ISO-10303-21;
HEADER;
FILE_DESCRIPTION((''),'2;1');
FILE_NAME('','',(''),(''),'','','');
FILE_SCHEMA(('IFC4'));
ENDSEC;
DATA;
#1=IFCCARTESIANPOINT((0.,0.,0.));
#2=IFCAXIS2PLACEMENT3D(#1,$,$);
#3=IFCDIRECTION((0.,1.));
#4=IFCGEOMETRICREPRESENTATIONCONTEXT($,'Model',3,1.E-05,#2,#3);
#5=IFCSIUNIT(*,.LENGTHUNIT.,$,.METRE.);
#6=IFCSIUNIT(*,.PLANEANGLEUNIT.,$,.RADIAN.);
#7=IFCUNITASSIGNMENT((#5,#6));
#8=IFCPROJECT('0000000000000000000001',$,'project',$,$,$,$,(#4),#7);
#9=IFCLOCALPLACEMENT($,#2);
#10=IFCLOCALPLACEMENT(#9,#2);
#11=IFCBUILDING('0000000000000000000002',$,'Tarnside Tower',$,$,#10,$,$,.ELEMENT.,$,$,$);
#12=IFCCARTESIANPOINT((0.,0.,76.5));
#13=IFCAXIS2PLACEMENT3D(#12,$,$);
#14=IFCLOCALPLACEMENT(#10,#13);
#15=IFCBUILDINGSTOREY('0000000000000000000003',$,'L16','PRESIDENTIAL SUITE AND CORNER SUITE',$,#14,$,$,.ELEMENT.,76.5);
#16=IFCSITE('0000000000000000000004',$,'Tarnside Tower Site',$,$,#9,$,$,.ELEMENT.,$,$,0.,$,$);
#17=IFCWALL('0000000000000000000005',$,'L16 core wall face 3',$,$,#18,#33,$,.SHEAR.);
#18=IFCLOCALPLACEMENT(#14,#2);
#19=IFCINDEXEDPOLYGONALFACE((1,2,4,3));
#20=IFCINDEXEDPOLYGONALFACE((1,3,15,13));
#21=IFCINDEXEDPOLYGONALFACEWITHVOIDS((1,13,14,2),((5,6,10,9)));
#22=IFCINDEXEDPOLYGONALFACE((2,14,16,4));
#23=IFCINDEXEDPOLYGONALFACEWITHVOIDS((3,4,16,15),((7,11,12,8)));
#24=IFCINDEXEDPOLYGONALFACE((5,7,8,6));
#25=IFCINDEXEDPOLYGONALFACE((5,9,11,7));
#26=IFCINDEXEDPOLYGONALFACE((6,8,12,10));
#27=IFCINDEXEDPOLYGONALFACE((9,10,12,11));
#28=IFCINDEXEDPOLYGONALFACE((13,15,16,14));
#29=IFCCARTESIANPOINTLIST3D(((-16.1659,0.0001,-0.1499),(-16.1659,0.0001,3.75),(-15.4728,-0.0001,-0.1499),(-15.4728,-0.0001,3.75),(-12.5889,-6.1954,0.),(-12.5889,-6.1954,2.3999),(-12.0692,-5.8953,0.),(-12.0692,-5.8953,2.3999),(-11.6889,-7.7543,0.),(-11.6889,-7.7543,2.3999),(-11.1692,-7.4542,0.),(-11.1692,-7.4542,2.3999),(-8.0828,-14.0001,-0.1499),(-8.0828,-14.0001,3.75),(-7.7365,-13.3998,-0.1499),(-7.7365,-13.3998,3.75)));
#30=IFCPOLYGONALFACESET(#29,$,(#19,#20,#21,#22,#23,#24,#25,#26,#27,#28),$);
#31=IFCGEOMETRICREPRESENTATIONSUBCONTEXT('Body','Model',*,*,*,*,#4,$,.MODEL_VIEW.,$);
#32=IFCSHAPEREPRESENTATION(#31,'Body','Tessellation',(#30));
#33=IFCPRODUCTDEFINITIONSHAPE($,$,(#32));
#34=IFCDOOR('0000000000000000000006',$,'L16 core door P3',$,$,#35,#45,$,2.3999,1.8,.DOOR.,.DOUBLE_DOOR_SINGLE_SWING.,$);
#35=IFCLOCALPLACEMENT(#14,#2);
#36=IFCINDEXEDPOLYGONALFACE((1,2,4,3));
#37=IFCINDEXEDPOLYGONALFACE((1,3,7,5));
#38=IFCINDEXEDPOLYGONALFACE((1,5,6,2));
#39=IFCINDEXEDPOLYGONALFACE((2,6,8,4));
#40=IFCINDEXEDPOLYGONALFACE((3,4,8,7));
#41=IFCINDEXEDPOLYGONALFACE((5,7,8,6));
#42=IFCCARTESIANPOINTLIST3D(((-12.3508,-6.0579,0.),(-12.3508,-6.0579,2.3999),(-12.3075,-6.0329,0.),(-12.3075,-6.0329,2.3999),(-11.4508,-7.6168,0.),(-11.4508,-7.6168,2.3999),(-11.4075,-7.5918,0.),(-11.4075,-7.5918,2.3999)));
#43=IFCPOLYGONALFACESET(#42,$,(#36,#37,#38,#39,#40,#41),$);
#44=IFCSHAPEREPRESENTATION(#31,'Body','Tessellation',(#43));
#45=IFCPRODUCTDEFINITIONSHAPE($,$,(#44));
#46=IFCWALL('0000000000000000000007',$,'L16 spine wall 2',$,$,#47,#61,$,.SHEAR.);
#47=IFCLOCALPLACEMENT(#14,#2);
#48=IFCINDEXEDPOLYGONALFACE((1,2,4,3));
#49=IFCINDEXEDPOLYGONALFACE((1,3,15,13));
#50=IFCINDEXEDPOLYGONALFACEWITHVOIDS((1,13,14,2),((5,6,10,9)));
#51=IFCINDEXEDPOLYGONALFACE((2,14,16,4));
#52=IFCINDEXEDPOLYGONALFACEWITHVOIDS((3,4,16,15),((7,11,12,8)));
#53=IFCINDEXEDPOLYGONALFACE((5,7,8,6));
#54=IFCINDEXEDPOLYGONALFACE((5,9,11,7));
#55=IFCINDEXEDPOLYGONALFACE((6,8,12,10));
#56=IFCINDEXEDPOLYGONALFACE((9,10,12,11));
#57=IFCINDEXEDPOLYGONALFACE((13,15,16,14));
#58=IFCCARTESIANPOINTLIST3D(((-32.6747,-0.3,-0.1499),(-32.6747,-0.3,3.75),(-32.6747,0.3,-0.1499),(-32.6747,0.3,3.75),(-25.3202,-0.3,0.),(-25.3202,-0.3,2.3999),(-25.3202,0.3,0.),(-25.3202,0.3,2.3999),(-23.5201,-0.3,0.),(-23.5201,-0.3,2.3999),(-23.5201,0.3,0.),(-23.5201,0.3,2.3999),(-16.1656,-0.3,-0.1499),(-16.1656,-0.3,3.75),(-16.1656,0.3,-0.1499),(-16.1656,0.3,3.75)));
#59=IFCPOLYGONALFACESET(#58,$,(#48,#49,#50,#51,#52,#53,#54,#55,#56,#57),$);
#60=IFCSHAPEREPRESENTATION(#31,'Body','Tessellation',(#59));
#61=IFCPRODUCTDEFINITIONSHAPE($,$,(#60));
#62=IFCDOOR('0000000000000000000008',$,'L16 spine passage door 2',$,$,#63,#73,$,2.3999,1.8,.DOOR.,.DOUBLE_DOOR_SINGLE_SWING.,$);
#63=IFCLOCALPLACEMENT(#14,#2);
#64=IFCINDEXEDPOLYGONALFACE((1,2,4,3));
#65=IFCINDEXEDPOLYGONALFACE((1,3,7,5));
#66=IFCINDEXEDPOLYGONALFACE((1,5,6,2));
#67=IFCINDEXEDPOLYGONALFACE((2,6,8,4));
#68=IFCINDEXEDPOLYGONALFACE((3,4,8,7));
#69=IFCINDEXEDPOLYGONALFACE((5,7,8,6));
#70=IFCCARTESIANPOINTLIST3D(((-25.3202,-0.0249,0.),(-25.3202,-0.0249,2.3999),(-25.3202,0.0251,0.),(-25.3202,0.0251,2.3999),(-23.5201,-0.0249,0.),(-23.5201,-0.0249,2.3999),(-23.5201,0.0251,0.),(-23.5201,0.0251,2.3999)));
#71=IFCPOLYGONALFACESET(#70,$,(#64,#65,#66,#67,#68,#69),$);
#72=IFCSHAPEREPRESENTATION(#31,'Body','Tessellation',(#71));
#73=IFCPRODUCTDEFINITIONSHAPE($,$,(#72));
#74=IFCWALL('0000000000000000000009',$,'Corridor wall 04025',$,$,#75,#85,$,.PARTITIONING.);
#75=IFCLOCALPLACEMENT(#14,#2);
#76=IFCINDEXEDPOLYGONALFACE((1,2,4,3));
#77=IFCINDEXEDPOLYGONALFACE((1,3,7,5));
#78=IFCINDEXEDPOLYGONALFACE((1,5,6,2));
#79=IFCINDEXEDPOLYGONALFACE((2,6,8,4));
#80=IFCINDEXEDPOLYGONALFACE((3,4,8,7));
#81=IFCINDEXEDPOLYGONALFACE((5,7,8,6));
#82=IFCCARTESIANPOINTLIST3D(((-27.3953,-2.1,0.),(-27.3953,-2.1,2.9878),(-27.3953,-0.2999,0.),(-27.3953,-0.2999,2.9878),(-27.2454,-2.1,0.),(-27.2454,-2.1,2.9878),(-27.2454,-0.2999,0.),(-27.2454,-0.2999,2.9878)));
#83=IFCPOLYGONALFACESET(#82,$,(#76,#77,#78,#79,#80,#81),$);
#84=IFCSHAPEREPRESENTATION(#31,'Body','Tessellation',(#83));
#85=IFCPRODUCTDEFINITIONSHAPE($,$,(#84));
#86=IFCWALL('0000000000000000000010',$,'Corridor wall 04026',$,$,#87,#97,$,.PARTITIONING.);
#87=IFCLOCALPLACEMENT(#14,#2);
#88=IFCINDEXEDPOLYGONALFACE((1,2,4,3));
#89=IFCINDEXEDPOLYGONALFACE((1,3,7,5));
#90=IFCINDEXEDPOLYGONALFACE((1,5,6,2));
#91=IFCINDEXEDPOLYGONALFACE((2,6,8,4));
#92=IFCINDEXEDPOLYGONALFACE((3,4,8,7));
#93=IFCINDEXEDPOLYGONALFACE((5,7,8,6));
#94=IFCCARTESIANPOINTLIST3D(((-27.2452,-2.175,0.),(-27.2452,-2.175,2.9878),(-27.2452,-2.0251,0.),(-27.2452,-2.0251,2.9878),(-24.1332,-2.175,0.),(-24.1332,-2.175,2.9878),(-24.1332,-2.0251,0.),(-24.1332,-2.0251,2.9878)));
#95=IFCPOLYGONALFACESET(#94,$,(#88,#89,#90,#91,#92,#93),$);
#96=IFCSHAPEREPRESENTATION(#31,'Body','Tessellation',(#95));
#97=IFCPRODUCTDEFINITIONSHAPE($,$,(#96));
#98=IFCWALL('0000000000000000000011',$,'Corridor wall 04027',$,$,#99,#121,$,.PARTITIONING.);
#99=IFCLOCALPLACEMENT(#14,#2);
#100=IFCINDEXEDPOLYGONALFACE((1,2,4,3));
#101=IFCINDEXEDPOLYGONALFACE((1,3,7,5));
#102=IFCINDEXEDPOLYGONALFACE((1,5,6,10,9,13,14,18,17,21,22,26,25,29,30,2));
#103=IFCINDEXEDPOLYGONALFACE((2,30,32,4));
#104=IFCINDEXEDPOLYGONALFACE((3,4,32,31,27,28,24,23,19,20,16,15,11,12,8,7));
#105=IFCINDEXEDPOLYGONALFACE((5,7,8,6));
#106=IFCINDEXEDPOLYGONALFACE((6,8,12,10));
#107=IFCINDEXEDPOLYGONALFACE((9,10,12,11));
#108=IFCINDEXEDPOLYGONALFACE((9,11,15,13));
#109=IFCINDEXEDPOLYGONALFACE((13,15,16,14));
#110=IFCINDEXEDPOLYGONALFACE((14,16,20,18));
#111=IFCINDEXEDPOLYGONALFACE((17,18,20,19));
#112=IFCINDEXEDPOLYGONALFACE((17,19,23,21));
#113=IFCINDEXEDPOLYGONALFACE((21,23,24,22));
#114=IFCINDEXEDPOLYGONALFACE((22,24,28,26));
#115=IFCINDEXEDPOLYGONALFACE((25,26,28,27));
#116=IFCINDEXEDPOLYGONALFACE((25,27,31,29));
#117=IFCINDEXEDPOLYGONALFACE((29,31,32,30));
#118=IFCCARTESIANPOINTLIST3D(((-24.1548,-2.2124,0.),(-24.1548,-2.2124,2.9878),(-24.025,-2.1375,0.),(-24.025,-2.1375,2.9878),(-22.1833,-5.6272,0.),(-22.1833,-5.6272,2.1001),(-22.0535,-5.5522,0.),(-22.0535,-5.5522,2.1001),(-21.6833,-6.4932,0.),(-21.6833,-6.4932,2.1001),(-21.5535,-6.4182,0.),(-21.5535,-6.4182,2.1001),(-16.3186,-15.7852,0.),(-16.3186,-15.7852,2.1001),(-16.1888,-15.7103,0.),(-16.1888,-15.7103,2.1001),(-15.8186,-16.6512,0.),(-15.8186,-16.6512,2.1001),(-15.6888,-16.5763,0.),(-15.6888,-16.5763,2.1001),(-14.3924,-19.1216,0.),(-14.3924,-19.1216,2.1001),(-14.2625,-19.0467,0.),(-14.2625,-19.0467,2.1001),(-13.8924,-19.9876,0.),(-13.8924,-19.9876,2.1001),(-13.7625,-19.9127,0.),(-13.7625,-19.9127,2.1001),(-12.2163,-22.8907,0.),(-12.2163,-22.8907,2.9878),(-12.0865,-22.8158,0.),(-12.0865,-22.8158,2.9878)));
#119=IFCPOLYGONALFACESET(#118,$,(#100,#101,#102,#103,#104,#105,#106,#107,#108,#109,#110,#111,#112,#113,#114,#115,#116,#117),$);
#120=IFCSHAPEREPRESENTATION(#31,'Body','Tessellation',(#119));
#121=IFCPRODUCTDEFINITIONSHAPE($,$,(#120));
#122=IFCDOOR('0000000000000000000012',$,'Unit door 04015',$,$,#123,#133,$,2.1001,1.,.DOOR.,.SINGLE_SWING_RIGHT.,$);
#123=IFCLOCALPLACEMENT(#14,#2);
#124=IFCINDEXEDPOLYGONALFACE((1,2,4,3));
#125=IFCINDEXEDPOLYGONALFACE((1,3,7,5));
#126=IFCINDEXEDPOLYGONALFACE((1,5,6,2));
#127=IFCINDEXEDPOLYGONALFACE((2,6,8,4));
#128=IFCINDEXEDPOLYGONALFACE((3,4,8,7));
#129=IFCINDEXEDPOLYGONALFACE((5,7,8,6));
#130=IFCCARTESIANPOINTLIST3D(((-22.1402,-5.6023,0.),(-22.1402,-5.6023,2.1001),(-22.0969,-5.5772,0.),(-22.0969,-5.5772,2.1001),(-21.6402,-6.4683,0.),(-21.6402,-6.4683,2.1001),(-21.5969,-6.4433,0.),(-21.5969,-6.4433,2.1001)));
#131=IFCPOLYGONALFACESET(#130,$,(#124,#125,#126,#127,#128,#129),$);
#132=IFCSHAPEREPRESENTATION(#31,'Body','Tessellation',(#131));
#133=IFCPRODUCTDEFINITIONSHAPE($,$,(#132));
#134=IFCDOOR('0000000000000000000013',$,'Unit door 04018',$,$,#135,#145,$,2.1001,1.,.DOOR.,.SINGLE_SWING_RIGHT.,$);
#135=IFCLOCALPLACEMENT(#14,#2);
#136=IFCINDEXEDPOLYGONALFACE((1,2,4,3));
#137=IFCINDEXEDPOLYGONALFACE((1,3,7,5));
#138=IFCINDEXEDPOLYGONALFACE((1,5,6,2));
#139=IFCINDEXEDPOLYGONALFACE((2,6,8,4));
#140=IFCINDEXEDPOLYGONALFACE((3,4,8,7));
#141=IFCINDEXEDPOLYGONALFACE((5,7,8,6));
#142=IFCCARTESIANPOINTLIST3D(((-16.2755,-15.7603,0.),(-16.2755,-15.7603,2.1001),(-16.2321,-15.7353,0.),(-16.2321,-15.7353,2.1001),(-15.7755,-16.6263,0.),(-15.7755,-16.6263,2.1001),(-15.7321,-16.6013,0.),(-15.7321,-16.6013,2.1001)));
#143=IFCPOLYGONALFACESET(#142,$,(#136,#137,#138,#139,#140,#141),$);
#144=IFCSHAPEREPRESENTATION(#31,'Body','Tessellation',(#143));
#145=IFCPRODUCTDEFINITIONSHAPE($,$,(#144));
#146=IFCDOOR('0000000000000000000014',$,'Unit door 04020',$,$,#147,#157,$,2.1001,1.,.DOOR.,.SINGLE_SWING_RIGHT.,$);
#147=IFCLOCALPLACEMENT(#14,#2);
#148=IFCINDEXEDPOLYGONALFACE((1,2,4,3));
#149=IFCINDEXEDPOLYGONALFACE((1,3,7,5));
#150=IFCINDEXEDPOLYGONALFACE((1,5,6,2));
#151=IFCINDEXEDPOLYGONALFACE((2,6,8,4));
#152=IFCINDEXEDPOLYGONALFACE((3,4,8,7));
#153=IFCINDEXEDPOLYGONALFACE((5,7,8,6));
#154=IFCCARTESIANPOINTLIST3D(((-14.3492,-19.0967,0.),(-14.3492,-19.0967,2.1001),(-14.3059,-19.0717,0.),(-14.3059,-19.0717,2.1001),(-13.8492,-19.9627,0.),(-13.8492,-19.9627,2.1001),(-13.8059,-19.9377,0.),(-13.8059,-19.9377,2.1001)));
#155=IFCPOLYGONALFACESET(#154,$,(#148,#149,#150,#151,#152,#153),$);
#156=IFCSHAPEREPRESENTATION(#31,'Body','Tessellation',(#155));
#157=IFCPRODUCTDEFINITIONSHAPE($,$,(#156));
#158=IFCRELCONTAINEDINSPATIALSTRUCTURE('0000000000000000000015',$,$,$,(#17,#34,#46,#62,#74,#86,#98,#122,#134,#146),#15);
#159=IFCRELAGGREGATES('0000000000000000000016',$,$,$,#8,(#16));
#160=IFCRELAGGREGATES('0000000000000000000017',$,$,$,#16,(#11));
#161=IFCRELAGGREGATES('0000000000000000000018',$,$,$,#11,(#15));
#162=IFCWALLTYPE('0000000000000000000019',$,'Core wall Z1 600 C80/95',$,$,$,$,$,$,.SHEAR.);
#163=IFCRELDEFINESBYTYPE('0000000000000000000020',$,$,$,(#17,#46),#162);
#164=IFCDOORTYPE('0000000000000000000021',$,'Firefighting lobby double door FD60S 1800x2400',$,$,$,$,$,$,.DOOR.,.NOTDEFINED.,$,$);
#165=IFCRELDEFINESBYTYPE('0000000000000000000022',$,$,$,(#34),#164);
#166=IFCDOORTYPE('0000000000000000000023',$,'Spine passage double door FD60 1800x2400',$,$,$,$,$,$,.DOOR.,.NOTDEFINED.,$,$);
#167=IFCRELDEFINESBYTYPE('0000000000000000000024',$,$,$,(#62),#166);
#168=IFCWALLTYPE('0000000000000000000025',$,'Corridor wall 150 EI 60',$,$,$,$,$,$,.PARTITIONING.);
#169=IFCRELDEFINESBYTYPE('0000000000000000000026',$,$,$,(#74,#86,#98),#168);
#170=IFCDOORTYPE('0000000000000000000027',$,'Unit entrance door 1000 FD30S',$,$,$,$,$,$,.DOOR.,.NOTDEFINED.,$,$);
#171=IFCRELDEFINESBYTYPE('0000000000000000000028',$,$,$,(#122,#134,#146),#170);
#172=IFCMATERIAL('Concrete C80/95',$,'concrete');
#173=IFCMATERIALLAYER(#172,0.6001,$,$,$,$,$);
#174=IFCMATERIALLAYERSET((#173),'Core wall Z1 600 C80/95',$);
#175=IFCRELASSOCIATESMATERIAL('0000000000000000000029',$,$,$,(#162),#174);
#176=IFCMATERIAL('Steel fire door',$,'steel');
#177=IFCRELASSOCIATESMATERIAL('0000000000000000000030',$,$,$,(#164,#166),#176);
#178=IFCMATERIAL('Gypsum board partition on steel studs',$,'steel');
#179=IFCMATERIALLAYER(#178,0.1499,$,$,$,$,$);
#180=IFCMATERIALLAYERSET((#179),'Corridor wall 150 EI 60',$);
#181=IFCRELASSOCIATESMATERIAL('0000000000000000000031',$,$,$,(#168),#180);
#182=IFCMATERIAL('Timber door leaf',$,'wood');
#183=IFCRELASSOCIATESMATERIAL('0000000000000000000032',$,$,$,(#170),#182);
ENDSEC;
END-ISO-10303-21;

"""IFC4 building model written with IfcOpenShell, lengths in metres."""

from ifc_helpers import new_model, si_unit, direction, frame, frame_2d, origin, place, context, subcontext, project, spatial, polyline, rectangle, outline, extrude, material, layer, layer_set, type_object, element, fill, save


model = new_model("IFC4")

# Units and contexts
model_context = context("Model", 3, precision=1e-05, world=origin(), true_north=direction((0.0, 1.0)))
body_context = subcontext(model_context, "Body", "Model", "MODEL_VIEW")
ifc_project = project(units=[si_unit("LENGTHUNIT", "METRE"), si_unit("PLANEANGLEUNIT", "RADIAN")], contexts=[model_context])

# Site, building, storey
site_placement = place(None, origin())
site = spatial("IfcSite", under=ifc_project, at=site_placement, Name="Tarnside Tower Site", CompositionType="ELEMENT", RefElevation=0.0)
building_placement = place(site_placement, origin())
building = spatial("IfcBuilding", under=site, at=building_placement, Name="Tarnside Tower", CompositionType="ELEMENT")
storey_placement = place(building_placement, frame((0.0, 0.0, 76.5)))
storey = spatial("IfcBuildingStorey", under=building, at=storey_placement, Name="L16", Description="PRESIDENTIAL SUITE AND CORNER SUITE", CompositionType="ELEMENT", Elevation=76.5)

# Walls, openings, doors
ifc_material_1 = material(Name="Concrete C80/95", Category="concrete")
ifc_layer_1 = layer(ifc_material_1, 0.6001)
ifc_layer_set_1 = layer_set([ifc_layer_1], Name="Core wall Z1 600 C80/95")
wall_type_1 = type_object("IfcWallType", Name="Core wall Z1 600 C80/95", PredefinedType="SHEAR", material=ifc_layer_set_1)
wall_1_placement = place(storey_placement, frame((-15.8193, 0.0, -0.1499), z_axis=(0.0, 0.0, 1.0), x_axis=(0.5, -0.866025, 0.0)))
wall_1 = element("IfcWall", 1, at=wall_1_placement, inside=storey, type_object=wall_type_1, Name="L16 core wall face 3", PredefinedType="SHEAR", context=body_context, shape_type="SweptSolid", body=[
    extrude(outline(polyline([(-0.1733, -0.3), (15.9927, -0.3), (15.646, 0.3), (0.1733, 0.3), (-0.1733, -0.3)])), origin(), (0.0, 0.0, 1.0), 3.8999),
])
opening_1_placement = place(wall_1_placement, frame((6.9807, 0.0, 0.1499)))
opening_1 = element("IfcOpeningElement", 2, at=opening_1_placement, cuts=wall_1, PredefinedType="OPENING", context=body_context, shape_type="SweptSolid", body=[
    extrude(rectangle(XDim=1.8, YDim=2.3999, at=frame_2d((0.8999, 1.2))), frame((0.0, 0.3101, 0.0), z_axis=(0.0, -1.0, 0.0), x_axis=(1.0, 0.0, 0.0)), (0.0, 0.0, 1.0), 0.6201),
])
ifc_material_2 = material(Name="Steel fire door", Category="steel")
door_type_1 = type_object("IfcDoorType", Name="Firefighting lobby double door FD60S 1800x2400", OperationType="NOTDEFINED", PredefinedType="DOOR", material=ifc_material_2)
door_1_placement = place(opening_1_placement, origin())
door_1 = element("IfcDoor", 3, at=door_1_placement, inside=storey, type_object=door_type_1, Name="L16 core door P3", OperationType="DOUBLE_DOOR_SINGLE_SWING", OverallHeight=2.3999, OverallWidth=1.8, PredefinedType="DOOR", context=body_context, shape_type="SweptSolid", body=[
    extrude(rectangle(XDim=1.8, YDim=2.3999, at=frame_2d((0.8999, 1.2))), frame((0.0, 0.0249, 0.0), z_axis=(0.0, -1.0, 0.0), x_axis=(1.0, 0.0, 0.0)), (0.0, 0.0, 1.0), 0.05),
])
fill(opening_1, door_1)
wall_2_placement = place(storey_placement, frame((-16.1658, 0.0, -0.1499), z_axis=(0.0, 0.0, 1.0), x_axis=(-1.0, 0.0, 0.0)))
wall_2 = element("IfcWall", 4, at=wall_2_placement, inside=storey, type_object=wall_type_1, Name="L16 spine wall 2", PredefinedType="SHEAR", context=body_context, shape_type="SweptSolid", body=[
    extrude(rectangle(XDim=16.509, YDim=0.6001, at=frame_2d((8.2544, 0.0))), origin(), (0.0, 0.0, 1.0), 3.8999),
])
opening_2_placement = place(wall_2_placement, frame((7.3545, 0.0, 0.1499)))
opening_2 = element("IfcOpeningElement", 5, at=opening_2_placement, cuts=wall_2, PredefinedType="OPENING", context=body_context, shape_type="SweptSolid", body=[
    extrude(rectangle(XDim=1.8, YDim=2.3999, at=frame_2d((0.8999, 1.2))), frame((0.0, 0.3101, 0.0), z_axis=(0.0, -1.0, 0.0), x_axis=(1.0, 0.0, 0.0)), (0.0, 0.0, 1.0), 0.6201),
])
door_type_2 = type_object("IfcDoorType", Name="Spine passage double door FD60 1800x2400", OperationType="NOTDEFINED", PredefinedType="DOOR", material=ifc_material_2)
door_2_placement = place(opening_2_placement, origin())
door_2 = element("IfcDoor", 6, at=door_2_placement, inside=storey, type_object=door_type_2, Name="L16 spine passage door 2", OperationType="DOUBLE_DOOR_SINGLE_SWING", OverallHeight=2.3999, OverallWidth=1.8, PredefinedType="DOOR", context=body_context, shape_type="SweptSolid", body=[
    extrude(rectangle(XDim=1.8, YDim=2.3999, at=frame_2d((0.8999, 1.2))), frame((0.0, 0.0249, 0.0), z_axis=(0.0, -1.0, 0.0), x_axis=(1.0, 0.0, 0.0)), (0.0, 0.0, 1.0), 0.05),
])
fill(opening_2, door_2)

# Walls
ifc_material_3 = material(Name="Gypsum board partition on steel studs", Category="steel")
ifc_layer_2 = layer(ifc_material_3, 0.1499)
ifc_layer_set_2 = layer_set([ifc_layer_2], Name="Corridor wall 150 EI 60")
wall_type_2 = type_object("IfcWallType", Name="Corridor wall 150 EI 60", PredefinedType="PARTITIONING", material=ifc_layer_set_2)
wall_3_placement = place(storey_placement, frame((-27.3203, -0.3, 0.0), z_axis=(0.0, 0.0, 1.0), x_axis=(0.0, -1.0, 0.0)))
element("IfcWall", 7, at=wall_3_placement, inside=storey, type_object=wall_type_2, Name="Corridor wall 04025", PredefinedType="PARTITIONING", context=body_context, shape_type="SweptSolid", body=[
    extrude(rectangle(XDim=1.8, YDim=0.1499, at=frame_2d((0.8999, 0.0))), origin(), (0.0, 0.0, 1.0), 2.9878),
])
wall_4_placement = place(storey_placement, frame((-27.2454, -2.1001, 0.0), z_axis=(0.0, 0.0, 1.0), x_axis=(1.0, 0.0, 0.0)))
element("IfcWall", 8, at=wall_4_placement, inside=storey, type_object=wall_type_2, Name="Corridor wall 04026", PredefinedType="PARTITIONING", context=body_context, shape_type="SweptSolid", body=[
    extrude(rectangle(XDim=3.1121, YDim=0.1499, at=frame_2d((1.5562, 0.0))), origin(), (0.0, 0.0, 1.0), 2.9878),
])

# Wall, openings, doors
wall_5_placement = place(storey_placement, frame((-24.0898, -2.175, 0.0), z_axis=(0.0, 0.0, 1.0), x_axis=(0.499997, -0.866027, 0.0)))
wall_5 = element("IfcWall", 9, at=wall_5_placement, inside=storey, type_object=wall_type_2, Name="Corridor wall 04027", PredefinedType="PARTITIONING", context=body_context, shape_type="SweptSolid", body=[
    extrude(rectangle(XDim=23.8772, YDim=0.1499, at=frame_2d((11.9385, 0.0))), origin(), (0.0, 0.0, 1.0), 2.9878),
])
opening_3_placement = place(wall_5_placement, frame((3.9429, 0.0, 0.0)))
opening_3 = element("IfcOpeningElement", 10, at=opening_3_placement, cuts=wall_5, PredefinedType="OPENING", context=body_context, shape_type="SweptSolid", body=[
    extrude(rectangle(XDim=1.0, YDim=2.1001, at=frame_2d((0.5, 1.05))), frame((0.0, 0.085, 0.0), z_axis=(0.0, -1.0, 0.0), x_axis=(1.0, 0.0, 0.0)), (0.0, 0.0, 1.0), 0.1699),
])
opening_4_placement = place(wall_5_placement, frame((15.6724, 0.0, 0.0)))
opening_4 = element("IfcOpeningElement", 11, at=opening_4_placement, cuts=wall_5, PredefinedType="OPENING", context=body_context, shape_type="SweptSolid", body=[
    extrude(rectangle(XDim=1.0, YDim=2.1001, at=frame_2d((0.5, 1.05))), frame((0.0, 0.085, 0.0), z_axis=(0.0, -1.0, 0.0), x_axis=(1.0, 0.0, 0.0)), (0.0, 0.0, 1.0), 0.1699),
])
opening_5_placement = place(wall_5_placement, frame((19.5249, 0.0, 0.0)))
opening_5 = element("IfcOpeningElement", 12, at=opening_5_placement, cuts=wall_5, PredefinedType="OPENING", context=body_context, shape_type="SweptSolid", body=[
    extrude(rectangle(XDim=1.0, YDim=2.1001, at=frame_2d((0.5, 1.05))), frame((0.0, 0.085, 0.0), z_axis=(0.0, -1.0, 0.0), x_axis=(1.0, 0.0, 0.0)), (0.0, 0.0, 1.0), 0.1699),
])
ifc_material_4 = material(Name="Timber door leaf", Category="wood")
door_type_3 = type_object("IfcDoorType", Name="Unit entrance door 1000 FD30S", OperationType="NOTDEFINED", PredefinedType="DOOR", material=ifc_material_4)
door_3_placement = place(opening_3_placement, origin())
door_3 = element("IfcDoor", 13, at=door_3_placement, inside=storey, type_object=door_type_3, Name="Unit door 04015", OperationType="SINGLE_SWING_RIGHT", OverallHeight=2.1001, OverallWidth=1.0, PredefinedType="DOOR", context=body_context, shape_type="SweptSolid", body=[
    extrude(rectangle(XDim=1.0, YDim=2.1001, at=frame_2d((0.5, 1.05))), frame((0.0, 0.0249, 0.0), z_axis=(0.0, -1.0, 0.0), x_axis=(1.0, 0.0, 0.0)), (0.0, 0.0, 1.0), 0.05),
])
fill(opening_3, door_3)
door_4_placement = place(opening_4_placement, origin())
door_4 = element("IfcDoor", 14, at=door_4_placement, inside=storey, type_object=door_type_3, Name="Unit door 04018", OperationType="SINGLE_SWING_RIGHT", OverallHeight=2.1001, OverallWidth=1.0, PredefinedType="DOOR", context=body_context, shape_type="SweptSolid", body=[
    extrude(rectangle(XDim=1.0, YDim=2.1001, at=frame_2d((0.5, 1.05))), frame((0.0, 0.0249, 0.0), z_axis=(0.0, -1.0, 0.0), x_axis=(1.0, 0.0, 0.0)), (0.0, 0.0, 1.0), 0.05),
])
fill(opening_4, door_4)
door_5_placement = place(opening_5_placement, origin())
door_5 = element("IfcDoor", 15, at=door_5_placement, inside=storey, type_object=door_type_3, Name="Unit door 04020", OperationType="SINGLE_SWING_RIGHT", OverallHeight=2.1001, OverallWidth=1.0, PredefinedType="DOOR", context=body_context, shape_type="SweptSolid", body=[
    extrude(rectangle(XDim=1.0, YDim=2.1001, at=frame_2d((0.5, 1.05))), frame((0.0, 0.0249, 0.0), z_axis=(0.0, -1.0, 0.0), x_axis=(1.0, 0.0, 0.0)), (0.0, 0.0, 1.0), 0.05),
])
fill(opening_5, door_5)

save(model, "model.ifc")
